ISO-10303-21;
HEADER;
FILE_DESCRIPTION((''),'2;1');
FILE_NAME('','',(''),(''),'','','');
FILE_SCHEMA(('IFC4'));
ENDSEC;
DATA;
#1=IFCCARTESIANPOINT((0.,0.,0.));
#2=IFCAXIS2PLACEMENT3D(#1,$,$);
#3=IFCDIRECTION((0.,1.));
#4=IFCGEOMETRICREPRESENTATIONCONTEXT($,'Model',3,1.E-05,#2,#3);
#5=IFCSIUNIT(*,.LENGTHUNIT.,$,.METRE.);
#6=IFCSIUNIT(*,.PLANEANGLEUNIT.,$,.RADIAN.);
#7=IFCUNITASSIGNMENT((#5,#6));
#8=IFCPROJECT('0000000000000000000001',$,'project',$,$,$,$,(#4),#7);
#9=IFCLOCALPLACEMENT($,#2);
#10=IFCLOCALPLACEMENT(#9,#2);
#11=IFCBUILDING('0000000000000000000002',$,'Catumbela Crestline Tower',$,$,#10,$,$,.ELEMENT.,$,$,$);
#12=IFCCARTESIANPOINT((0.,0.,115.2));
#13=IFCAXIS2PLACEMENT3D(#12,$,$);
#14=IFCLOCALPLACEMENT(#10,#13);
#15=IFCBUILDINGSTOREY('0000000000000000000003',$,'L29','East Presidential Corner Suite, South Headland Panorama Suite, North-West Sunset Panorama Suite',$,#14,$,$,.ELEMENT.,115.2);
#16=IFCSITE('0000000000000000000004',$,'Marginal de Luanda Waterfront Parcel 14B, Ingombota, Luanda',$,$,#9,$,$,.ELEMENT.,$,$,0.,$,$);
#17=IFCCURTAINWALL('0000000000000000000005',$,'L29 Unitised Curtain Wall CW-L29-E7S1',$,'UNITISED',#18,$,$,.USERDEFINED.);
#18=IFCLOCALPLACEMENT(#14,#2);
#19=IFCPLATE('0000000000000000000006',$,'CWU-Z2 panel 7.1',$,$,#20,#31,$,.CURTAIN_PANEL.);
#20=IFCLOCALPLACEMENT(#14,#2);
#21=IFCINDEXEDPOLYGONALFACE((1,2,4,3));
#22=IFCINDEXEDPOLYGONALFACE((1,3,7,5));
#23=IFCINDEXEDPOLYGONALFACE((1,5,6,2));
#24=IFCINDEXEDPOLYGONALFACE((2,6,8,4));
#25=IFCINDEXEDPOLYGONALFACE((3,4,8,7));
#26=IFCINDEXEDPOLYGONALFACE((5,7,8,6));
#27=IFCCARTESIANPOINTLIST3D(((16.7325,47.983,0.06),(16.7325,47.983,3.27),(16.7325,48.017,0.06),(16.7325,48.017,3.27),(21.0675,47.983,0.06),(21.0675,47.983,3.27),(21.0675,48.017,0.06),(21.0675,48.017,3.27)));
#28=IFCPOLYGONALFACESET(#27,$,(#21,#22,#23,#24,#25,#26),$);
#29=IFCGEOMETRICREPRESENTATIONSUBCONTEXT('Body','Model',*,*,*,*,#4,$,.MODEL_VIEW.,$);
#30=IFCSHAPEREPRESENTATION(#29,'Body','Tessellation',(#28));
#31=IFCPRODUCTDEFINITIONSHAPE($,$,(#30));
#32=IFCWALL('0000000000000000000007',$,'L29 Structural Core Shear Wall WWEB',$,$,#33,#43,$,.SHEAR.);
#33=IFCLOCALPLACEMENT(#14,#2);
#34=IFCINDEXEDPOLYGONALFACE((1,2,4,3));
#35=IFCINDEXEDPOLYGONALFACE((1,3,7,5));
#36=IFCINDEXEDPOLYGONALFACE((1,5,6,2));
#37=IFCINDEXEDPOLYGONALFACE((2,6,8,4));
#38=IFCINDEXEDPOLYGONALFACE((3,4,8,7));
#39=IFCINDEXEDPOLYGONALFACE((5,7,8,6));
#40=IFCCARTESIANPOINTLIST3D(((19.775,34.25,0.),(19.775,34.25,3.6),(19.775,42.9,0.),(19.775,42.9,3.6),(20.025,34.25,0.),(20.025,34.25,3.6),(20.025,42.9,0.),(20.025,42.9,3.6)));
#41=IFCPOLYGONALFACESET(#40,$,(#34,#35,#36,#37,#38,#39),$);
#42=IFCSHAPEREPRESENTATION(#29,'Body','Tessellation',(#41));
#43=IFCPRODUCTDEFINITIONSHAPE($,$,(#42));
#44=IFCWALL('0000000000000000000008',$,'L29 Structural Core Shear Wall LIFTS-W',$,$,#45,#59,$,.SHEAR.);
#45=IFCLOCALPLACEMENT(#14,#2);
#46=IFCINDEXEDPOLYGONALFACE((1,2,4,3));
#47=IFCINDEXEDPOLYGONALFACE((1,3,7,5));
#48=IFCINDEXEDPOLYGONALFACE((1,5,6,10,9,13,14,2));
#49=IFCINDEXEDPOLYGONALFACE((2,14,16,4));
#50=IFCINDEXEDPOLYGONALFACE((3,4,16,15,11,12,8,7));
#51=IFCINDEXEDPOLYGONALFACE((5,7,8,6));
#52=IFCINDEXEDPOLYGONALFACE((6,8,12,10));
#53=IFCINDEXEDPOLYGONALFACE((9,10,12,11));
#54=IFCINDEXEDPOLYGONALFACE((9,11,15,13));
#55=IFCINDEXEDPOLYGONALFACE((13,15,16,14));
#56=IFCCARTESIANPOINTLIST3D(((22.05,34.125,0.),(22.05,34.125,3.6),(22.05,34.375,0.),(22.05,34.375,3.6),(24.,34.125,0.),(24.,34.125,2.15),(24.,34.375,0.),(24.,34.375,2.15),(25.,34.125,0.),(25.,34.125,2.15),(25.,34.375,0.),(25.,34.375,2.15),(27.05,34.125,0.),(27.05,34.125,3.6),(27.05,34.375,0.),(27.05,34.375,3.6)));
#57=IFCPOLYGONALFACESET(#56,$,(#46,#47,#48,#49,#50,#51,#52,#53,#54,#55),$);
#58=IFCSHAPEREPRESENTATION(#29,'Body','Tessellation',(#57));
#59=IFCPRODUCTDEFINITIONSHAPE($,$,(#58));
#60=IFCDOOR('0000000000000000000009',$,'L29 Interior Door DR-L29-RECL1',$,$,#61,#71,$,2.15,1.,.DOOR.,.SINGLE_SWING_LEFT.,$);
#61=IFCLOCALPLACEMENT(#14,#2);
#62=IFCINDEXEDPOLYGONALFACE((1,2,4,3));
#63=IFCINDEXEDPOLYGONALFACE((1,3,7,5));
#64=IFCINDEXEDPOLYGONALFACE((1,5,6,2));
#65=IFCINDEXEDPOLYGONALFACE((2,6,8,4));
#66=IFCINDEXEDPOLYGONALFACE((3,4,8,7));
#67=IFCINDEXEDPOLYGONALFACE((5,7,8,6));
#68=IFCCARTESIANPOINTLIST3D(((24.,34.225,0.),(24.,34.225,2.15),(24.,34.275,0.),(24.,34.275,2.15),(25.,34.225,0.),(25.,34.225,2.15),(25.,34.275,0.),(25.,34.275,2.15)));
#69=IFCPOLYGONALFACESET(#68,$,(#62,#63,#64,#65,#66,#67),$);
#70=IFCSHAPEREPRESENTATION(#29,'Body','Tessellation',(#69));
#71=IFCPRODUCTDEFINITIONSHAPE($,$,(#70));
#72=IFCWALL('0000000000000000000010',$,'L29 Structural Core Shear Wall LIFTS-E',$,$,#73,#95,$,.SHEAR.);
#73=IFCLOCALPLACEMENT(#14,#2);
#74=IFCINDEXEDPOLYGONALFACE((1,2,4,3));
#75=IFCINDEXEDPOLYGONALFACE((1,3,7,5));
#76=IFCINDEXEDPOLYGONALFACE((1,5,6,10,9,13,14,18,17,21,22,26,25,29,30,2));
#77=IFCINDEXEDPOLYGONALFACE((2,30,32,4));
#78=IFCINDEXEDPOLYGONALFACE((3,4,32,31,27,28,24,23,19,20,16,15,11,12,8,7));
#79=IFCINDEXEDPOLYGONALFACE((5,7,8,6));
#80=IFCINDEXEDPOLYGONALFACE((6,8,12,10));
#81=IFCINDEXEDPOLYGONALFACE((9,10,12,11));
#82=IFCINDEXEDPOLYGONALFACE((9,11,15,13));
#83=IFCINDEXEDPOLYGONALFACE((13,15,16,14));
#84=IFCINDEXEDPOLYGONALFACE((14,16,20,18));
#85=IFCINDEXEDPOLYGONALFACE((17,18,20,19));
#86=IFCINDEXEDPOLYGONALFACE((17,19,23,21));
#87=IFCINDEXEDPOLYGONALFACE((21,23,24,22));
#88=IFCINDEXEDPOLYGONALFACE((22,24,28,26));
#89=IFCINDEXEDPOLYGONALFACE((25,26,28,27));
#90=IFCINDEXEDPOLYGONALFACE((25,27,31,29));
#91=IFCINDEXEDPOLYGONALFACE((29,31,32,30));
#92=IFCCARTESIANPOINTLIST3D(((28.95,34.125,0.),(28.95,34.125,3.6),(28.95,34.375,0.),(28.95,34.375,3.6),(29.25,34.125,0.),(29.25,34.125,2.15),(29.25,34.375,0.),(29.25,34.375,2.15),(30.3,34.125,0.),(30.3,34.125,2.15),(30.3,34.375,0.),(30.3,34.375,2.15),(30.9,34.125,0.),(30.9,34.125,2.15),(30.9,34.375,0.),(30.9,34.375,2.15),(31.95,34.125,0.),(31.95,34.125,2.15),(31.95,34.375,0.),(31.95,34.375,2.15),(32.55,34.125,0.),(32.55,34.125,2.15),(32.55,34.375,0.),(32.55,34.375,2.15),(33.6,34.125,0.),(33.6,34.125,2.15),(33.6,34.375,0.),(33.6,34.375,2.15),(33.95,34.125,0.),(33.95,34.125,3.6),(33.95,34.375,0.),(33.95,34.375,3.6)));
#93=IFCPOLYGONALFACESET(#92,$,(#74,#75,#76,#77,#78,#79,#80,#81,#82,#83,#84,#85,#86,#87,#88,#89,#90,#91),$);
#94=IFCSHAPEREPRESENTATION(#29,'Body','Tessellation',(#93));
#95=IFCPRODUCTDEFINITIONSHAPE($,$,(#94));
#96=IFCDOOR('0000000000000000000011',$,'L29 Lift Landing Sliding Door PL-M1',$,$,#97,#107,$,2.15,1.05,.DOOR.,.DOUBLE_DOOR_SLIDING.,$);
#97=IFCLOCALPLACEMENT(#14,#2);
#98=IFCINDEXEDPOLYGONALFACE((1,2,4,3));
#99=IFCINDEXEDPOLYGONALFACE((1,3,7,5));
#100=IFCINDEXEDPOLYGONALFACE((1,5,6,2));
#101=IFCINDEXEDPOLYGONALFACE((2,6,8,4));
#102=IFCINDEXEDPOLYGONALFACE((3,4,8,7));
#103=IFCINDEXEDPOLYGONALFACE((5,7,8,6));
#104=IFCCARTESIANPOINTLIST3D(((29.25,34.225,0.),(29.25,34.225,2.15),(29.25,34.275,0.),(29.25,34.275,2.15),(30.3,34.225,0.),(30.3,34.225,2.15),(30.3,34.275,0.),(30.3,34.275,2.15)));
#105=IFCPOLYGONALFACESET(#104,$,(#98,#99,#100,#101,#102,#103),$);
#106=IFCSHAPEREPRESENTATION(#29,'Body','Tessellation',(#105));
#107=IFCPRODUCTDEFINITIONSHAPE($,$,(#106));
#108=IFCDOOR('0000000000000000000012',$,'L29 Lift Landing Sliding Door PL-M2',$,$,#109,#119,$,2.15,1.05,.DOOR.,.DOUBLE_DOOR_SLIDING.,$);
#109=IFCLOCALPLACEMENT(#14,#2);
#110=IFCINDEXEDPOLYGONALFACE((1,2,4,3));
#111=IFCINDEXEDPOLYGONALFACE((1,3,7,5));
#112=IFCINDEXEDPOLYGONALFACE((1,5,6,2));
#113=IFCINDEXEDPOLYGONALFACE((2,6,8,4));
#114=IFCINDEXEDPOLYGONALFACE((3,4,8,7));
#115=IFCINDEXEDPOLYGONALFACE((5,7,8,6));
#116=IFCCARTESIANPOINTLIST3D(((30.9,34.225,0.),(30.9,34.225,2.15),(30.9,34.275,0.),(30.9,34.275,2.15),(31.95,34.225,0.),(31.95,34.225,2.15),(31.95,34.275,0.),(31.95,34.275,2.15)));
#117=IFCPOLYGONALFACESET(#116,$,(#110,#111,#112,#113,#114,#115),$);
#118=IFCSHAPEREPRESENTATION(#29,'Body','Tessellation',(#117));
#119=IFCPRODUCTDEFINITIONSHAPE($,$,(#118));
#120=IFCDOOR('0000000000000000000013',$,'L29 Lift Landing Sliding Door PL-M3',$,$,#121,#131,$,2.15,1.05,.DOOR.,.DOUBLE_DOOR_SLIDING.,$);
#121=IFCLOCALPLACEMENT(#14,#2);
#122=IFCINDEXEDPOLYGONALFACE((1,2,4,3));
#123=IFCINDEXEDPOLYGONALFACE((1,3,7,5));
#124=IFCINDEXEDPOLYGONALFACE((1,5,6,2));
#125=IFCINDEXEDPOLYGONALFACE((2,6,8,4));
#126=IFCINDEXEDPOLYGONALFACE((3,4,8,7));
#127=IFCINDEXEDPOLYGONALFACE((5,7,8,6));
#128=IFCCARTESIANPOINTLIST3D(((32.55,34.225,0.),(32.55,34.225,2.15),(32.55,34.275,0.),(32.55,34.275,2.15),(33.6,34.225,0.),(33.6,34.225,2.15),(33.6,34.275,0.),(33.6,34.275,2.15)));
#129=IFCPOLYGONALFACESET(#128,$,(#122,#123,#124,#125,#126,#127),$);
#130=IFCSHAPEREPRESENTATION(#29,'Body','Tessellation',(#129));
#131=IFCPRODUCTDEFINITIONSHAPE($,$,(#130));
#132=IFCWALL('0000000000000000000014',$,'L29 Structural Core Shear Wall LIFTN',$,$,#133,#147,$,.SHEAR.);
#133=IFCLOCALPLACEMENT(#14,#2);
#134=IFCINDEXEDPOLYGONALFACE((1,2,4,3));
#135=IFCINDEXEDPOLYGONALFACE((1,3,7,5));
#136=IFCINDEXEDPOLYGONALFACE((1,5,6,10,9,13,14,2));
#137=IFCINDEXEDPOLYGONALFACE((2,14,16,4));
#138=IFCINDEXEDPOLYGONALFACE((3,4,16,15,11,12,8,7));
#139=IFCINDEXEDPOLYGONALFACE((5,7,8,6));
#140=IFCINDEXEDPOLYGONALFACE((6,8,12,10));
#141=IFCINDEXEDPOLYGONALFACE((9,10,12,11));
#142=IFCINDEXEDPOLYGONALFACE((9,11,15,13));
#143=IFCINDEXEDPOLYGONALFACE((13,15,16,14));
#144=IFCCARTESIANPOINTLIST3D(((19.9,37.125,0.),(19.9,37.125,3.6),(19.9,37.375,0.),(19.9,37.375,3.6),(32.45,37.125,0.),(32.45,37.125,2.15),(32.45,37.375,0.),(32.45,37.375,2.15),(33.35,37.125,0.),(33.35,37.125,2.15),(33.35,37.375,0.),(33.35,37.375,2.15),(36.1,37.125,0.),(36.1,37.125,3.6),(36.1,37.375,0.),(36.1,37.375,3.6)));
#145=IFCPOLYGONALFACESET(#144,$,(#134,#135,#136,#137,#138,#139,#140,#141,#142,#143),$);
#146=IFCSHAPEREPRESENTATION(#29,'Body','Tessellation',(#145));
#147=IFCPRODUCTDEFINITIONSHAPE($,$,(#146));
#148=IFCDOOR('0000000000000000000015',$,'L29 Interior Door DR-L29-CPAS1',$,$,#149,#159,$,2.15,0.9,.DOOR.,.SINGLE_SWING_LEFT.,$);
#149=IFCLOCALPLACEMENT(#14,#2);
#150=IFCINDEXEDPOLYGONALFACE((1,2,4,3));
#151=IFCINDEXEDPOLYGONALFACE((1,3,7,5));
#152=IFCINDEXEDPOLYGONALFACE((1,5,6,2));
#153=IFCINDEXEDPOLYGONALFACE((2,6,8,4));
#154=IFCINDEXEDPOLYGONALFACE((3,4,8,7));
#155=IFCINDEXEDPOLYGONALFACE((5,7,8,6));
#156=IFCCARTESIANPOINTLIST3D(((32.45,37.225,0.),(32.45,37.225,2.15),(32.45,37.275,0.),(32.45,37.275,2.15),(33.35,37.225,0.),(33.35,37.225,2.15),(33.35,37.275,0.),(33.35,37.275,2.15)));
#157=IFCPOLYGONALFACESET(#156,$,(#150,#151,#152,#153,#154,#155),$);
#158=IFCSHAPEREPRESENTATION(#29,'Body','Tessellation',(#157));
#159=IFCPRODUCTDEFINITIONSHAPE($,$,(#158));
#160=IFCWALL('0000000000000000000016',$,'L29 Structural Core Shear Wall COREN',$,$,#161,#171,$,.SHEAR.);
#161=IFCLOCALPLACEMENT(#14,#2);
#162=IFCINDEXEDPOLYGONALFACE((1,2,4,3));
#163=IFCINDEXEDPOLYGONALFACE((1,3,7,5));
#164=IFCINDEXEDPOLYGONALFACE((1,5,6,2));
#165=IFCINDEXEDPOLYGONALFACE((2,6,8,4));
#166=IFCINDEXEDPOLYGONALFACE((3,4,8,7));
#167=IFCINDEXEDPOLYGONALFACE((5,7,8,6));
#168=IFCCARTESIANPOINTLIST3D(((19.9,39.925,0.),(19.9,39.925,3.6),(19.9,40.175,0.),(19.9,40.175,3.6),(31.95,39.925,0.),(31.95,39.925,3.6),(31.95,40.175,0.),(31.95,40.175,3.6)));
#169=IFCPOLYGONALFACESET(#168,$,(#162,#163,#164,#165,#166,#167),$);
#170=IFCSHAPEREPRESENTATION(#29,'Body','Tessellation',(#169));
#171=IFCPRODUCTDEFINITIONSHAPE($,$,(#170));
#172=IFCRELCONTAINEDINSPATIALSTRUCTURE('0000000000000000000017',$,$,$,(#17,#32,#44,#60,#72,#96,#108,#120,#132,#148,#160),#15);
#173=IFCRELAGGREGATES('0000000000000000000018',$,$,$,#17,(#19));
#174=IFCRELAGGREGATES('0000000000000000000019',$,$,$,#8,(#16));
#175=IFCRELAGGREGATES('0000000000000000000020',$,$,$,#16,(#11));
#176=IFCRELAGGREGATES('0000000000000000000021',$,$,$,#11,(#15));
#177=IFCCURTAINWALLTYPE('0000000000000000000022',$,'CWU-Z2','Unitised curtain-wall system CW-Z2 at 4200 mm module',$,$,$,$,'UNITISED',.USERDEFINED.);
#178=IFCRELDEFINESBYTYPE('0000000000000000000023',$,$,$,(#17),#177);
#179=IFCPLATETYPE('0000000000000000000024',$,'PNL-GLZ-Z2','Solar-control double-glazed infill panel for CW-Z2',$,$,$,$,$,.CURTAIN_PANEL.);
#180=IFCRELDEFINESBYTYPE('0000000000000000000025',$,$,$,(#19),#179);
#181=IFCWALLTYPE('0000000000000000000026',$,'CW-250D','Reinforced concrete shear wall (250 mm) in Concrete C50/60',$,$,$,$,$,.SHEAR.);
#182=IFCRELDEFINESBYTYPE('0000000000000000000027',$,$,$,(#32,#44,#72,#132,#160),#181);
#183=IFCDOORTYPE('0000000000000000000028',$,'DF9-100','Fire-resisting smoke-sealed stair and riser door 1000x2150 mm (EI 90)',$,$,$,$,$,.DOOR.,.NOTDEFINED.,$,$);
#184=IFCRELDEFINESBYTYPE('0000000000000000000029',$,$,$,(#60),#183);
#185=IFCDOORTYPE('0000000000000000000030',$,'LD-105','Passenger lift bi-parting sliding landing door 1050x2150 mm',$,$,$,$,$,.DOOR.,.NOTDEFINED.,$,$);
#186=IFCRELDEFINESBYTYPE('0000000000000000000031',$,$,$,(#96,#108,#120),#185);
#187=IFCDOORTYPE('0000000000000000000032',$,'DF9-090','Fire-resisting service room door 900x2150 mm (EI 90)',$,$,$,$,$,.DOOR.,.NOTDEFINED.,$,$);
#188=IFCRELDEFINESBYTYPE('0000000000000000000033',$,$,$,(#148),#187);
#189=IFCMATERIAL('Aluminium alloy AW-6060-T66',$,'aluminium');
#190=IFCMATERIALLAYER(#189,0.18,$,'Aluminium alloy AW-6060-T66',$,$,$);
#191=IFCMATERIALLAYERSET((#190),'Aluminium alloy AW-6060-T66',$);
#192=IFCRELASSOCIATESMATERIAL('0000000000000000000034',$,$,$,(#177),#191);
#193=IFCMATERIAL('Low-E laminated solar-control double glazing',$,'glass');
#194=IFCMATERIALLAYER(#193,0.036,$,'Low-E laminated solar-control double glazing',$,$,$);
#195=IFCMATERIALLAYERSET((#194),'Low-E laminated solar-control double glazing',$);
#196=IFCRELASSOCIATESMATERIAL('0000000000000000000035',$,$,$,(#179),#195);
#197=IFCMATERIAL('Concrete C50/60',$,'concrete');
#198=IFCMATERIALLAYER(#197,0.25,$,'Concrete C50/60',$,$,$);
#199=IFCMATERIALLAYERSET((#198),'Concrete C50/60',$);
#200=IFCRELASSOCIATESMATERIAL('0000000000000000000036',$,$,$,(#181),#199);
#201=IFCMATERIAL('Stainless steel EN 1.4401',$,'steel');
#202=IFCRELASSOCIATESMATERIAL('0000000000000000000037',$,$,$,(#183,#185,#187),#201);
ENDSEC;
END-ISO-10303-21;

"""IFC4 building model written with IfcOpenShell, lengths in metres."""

from ifc_helpers import new_model, si_unit, direction, frame, frame_2d, origin, origin_2d, place, context, subcontext, project, spatial, rectangle, extrude, material, layer, layer_set, type_object, element, fill, aggregate, save


model = new_model("IFC4")

# Units and contexts
model_context = context("Model", 3, precision=1e-05, world=origin(), true_north=direction((0.0, 1.0)))
body_context = subcontext(model_context, "Body", "Model", "MODEL_VIEW")
ifc_project = project(units=[si_unit("LENGTHUNIT", "METRE"), si_unit("PLANEANGLEUNIT", "RADIAN")], contexts=[model_context])

# Site, building, storey
site_placement = place(None, origin())
site = spatial("IfcSite", under=ifc_project, at=site_placement, Name="Marginal de Luanda Waterfront Parcel 14B, Ingombota, Luanda", CompositionType="ELEMENT", RefElevation=0.0)
building_placement = place(site_placement, origin())
building = spatial("IfcBuilding", under=site, at=building_placement, Name="Catumbela Crestline Tower", CompositionType="ELEMENT")
storey_placement = place(building_placement, frame((0.0, 0.0, 115.2)))
storey = spatial("IfcBuildingStorey", under=building, at=storey_placement, Name="L29", Description="East Presidential Corner Suite, South Headland Panorama Suite, North-West Sunset Panorama Suite", CompositionType="ELEMENT", Elevation=115.2)

# Curtain wall, plate
ifc_material_1 = material(Name="Aluminium alloy AW-6060-T66", Category="aluminium")
ifc_layer_1 = layer(ifc_material_1, 0.18, Name="Aluminium alloy AW-6060-T66")
ifc_layer_set_1 = layer_set([ifc_layer_1], Name="Aluminium alloy AW-6060-T66")
curtain_wall_type = type_object("IfcCurtainWallType", Name="CWU-Z2", Description="Unitised curtain-wall system CW-Z2 at 4200 mm module", ElementType="UNITISED", PredefinedType="USERDEFINED", material=ifc_layer_set_1)
curtain_wall_placement = place(storey_placement, origin())
curtain_wall = element("IfcCurtainWall", 1, at=curtain_wall_placement, inside=storey, type_object=curtain_wall_type, Name="L29 Unitised Curtain Wall CW-L29-E7S1", ObjectType="UNITISED", PredefinedType="USERDEFINED")
ifc_material_2 = material(Name="Low-E laminated solar-control double glazing", Category="glass")
ifc_layer_2 = layer(ifc_material_2, 0.036, Name="Low-E laminated solar-control double glazing")
ifc_layer_set_2 = layer_set([ifc_layer_2], Name="Low-E laminated solar-control double glazing")
plate_type = type_object("IfcPlateType", Name="PNL-GLZ-Z2", Description="Solar-control double-glazed infill panel for CW-Z2", PredefinedType="CURTAIN_PANEL", material=ifc_layer_set_2)
plate_1_placement = place(storey_placement, frame((18.9, 48.0, 0.06), z_axis=(0.0, 0.0, 1.0), x_axis=(-1.0, 0.0, 0.0)))
plate_1 = element("IfcPlate", 2, at=plate_1_placement, type_object=plate_type, Name="CWU-Z2 panel 7.1", PredefinedType="CURTAIN_PANEL", context=body_context, shape_type="SweptSolid", body=[
    extrude(rectangle(XDim=4.335, YDim=0.034, at=origin_2d()), origin(), (0.0, 0.0, 1.0), 3.21),
])
aggregate(curtain_wall, [plate_1])

# Wall
ifc_material_3 = material(Name="Concrete C50/60", Category="concrete")
ifc_layer_3 = layer(ifc_material_3, 0.25, Name="Concrete C50/60")
ifc_layer_set_3 = layer_set([ifc_layer_3], Name="Concrete C50/60")
wall_type_1 = type_object("IfcWallType", Name="CW-250D", Description="Reinforced concrete shear wall (250 mm) in Concrete C50/60", PredefinedType="SHEAR", material=ifc_layer_set_3)
wall_1_placement = place(storey_placement, frame((19.9, 34.25, 0.0), z_axis=(0.0, 0.0, 1.0), x_axis=(0.0, 1.0, 0.0)))
element("IfcWall", 3, at=wall_1_placement, inside=storey, type_object=wall_type_1, Name="L29 Structural Core Shear Wall WWEB", PredefinedType="SHEAR", context=body_context, shape_type="SweptSolid", body=[
    extrude(rectangle(XDim=8.65, YDim=0.25, at=frame_2d((4.325, 0.0))), origin(), (0.0, 0.0, 1.0), 3.6),
])

# Wall, opening, door
wall_2_placement = place(storey_placement, frame((22.05, 34.25, 0.0), z_axis=(0.0, 0.0, 1.0), x_axis=(1.0, 0.0, 0.0)))
wall_2 = element("IfcWall", 4, at=wall_2_placement, inside=storey, type_object=wall_type_1, Name="L29 Structural Core Shear Wall LIFTS-W", PredefinedType="SHEAR", context=body_context, shape_type="SweptSolid", body=[
    extrude(rectangle(XDim=5.0, YDim=0.25, at=frame_2d((2.5, 0.0))), origin(), (0.0, 0.0, 1.0), 3.6),
])
opening_1_placement = place(wall_2_placement, frame((1.95, 0.0, 0.0)))
opening_1 = element("IfcOpeningElement", 5, at=opening_1_placement, cuts=wall_2, PredefinedType="OPENING", context=body_context, shape_type="SweptSolid", body=[
    extrude(rectangle(XDim=1.0, YDim=2.15, at=frame_2d((0.5, 1.075))), frame((0.0, 0.135, 0.0), z_axis=(0.0, -1.0, 0.0), x_axis=(1.0, 0.0, 0.0)), (0.0, 0.0, 1.0), 0.27),
])
ifc_material_4 = material(Name="Stainless steel EN 1.4401", Category="steel")
door_type_1 = type_object("IfcDoorType", Name="DF9-100", Description="Fire-resisting smoke-sealed stair and riser door 1000x2150 mm (EI 90)", OperationType="NOTDEFINED", PredefinedType="DOOR", material=ifc_material_4)
door_1_placement = place(opening_1_placement, origin())
door_1 = element("IfcDoor", 6, at=door_1_placement, inside=storey, type_object=door_type_1, Name="L29 Interior Door DR-L29-RECL1", OperationType="SINGLE_SWING_LEFT", OverallHeight=2.15, OverallWidth=1.0, PredefinedType="DOOR", context=body_context, shape_type="SweptSolid", body=[
    extrude(rectangle(XDim=1.0, YDim=2.15, at=frame_2d((0.5, 1.075))), frame((0.0, 0.025, 0.0), z_axis=(0.0, -1.0, 0.0), x_axis=(1.0, 0.0, 0.0)), (0.0, 0.0, 1.0), 0.05),
])
fill(opening_1, door_1)

# Wall, openings, doors
wall_3_placement = place(storey_placement, frame((28.95, 34.25, 0.0), z_axis=(0.0, 0.0, 1.0), x_axis=(1.0, 0.0, 0.0)))
wall_3 = element("IfcWall", 7, at=wall_3_placement, inside=storey, type_object=wall_type_1, Name="L29 Structural Core Shear Wall LIFTS-E", PredefinedType="SHEAR", context=body_context, shape_type="SweptSolid", body=[
    extrude(rectangle(XDim=5.0, YDim=0.25, at=frame_2d((2.5, 0.0))), origin(), (0.0, 0.0, 1.0), 3.6),
])
opening_2_placement = place(wall_3_placement, frame((0.3, 0.0, 0.0)))
opening_2 = element("IfcOpeningElement", 8, at=opening_2_placement, cuts=wall_3, PredefinedType="OPENING", context=body_context, shape_type="SweptSolid", body=[
    extrude(rectangle(XDim=1.05, YDim=2.15, at=frame_2d((0.525, 1.075))), frame((0.0, 0.135, 0.0), z_axis=(0.0, -1.0, 0.0), x_axis=(1.0, 0.0, 0.0)), (0.0, 0.0, 1.0), 0.27),
])
opening_3_placement = place(wall_3_placement, frame((1.95, 0.0, 0.0)))
opening_3 = element("IfcOpeningElement", 9, at=opening_3_placement, cuts=wall_3, PredefinedType="OPENING", context=body_context, shape_type="SweptSolid", body=[
    extrude(rectangle(XDim=1.05, YDim=2.15, at=frame_2d((0.525, 1.075))), frame((0.0, 0.135, 0.0), z_axis=(0.0, -1.0, 0.0), x_axis=(1.0, 0.0, 0.0)), (0.0, 0.0, 1.0), 0.27),
])
opening_4_placement = place(wall_3_placement, frame((3.6, 0.0, 0.0)))
opening_4 = element("IfcOpeningElement", 10, at=opening_4_placement, cuts=wall_3, PredefinedType="OPENING", context=body_context, shape_type="SweptSolid", body=[
    extrude(rectangle(XDim=1.05, YDim=2.15, at=frame_2d((0.525, 1.075))), frame((0.0, 0.135, 0.0), z_axis=(0.0, -1.0, 0.0), x_axis=(1.0, 0.0, 0.0)), (0.0, 0.0, 1.0), 0.27),
])
door_type_2 = type_object("IfcDoorType", Name="LD-105", Description="Passenger lift bi-parting sliding landing door 1050x2150 mm", OperationType="NOTDEFINED", PredefinedType="DOOR", material=ifc_material_4)
door_2_placement = place(opening_2_placement, origin())
door_2 = element("IfcDoor", 11, at=door_2_placement, inside=storey, type_object=door_type_2, Name="L29 Lift Landing Sliding Door PL-M1", OperationType="DOUBLE_DOOR_SLIDING", OverallHeight=2.15, OverallWidth=1.05, PredefinedType="DOOR", context=body_context, shape_type="SweptSolid", body=[
    extrude(rectangle(XDim=1.05, YDim=2.15, at=frame_2d((0.525, 1.075))), frame((0.0, 0.025, 0.0), z_axis=(0.0, -1.0, 0.0), x_axis=(1.0, 0.0, 0.0)), (0.0, 0.0, 1.0), 0.05),
])
fill(opening_2, door_2)
door_3_placement = place(opening_3_placement, origin())
door_3 = element("IfcDoor", 12, at=door_3_placement, inside=storey, type_object=door_type_2, Name="L29 Lift Landing Sliding Door PL-M2", OperationType="DOUBLE_DOOR_SLIDING", OverallHeight=2.15, OverallWidth=1.05, PredefinedType="DOOR", context=body_context, shape_type="SweptSolid", body=[
    extrude(rectangle(XDim=1.05, YDim=2.15, at=frame_2d((0.525, 1.075))), frame((0.0, 0.025, 0.0), z_axis=(0.0, -1.0, 0.0), x_axis=(1.0, 0.0, 0.0)), (0.0, 0.0, 1.0), 0.05),
])
fill(opening_3, door_3)
door_4_placement = place(opening_4_placement, origin())
door_4 = element("IfcDoor", 13, at=door_4_placement, inside=storey, type_object=door_type_2, Name="L29 Lift Landing Sliding Door PL-M3", OperationType="DOUBLE_DOOR_SLIDING", OverallHeight=2.15, OverallWidth=1.05, PredefinedType="DOOR", context=body_context, shape_type="SweptSolid", body=[
    extrude(rectangle(XDim=1.05, YDim=2.15, at=frame_2d((0.525, 1.075))), frame((0.0, 0.025, 0.0), z_axis=(0.0, -1.0, 0.0), x_axis=(1.0, 0.0, 0.0)), (0.0, 0.0, 1.0), 0.05),
])
fill(opening_4, door_4)

# Wall, opening, door
wall_4_placement = place(storey_placement, frame((19.9, 37.25, 0.0), z_axis=(0.0, 0.0, 1.0), x_axis=(1.0, 0.0, 0.0)))
wall_4 = element("IfcWall", 14, at=wall_4_placement, inside=storey, type_object=wall_type_1, Name="L29 Structural Core Shear Wall LIFTN", PredefinedType="SHEAR", context=body_context, shape_type="SweptSolid", body=[
    extrude(rectangle(XDim=16.2, YDim=0.25, at=frame_2d((8.1, 0.0))), origin(), (0.0, 0.0, 1.0), 3.6),
])
opening_5_placement = place(wall_4_placement, frame((12.55, 0.0, 0.0)))
opening_5 = element("IfcOpeningElement", 15, at=opening_5_placement, cuts=wall_4, PredefinedType="OPENING", context=body_context, shape_type="SweptSolid", body=[
    extrude(rectangle(XDim=0.9, YDim=2.15, at=frame_2d((0.45, 1.075))), frame((0.0, 0.135, 0.0), z_axis=(0.0, -1.0, 0.0), x_axis=(1.0, 0.0, 0.0)), (0.0, 0.0, 1.0), 0.27),
])
door_type_3 = type_object("IfcDoorType", Name="DF9-090", Description="Fire-resisting service room door 900x2150 mm (EI 90)", OperationType="NOTDEFINED", PredefinedType="DOOR", material=ifc_material_4)
door_5_placement = place(opening_5_placement, origin())
door_5 = element("IfcDoor", 16, at=door_5_placement, inside=storey, type_object=door_type_3, Name="L29 Interior Door DR-L29-CPAS1", OperationType="SINGLE_SWING_LEFT", OverallHeight=2.15, OverallWidth=0.9, PredefinedType="DOOR", context=body_context, shape_type="SweptSolid", body=[
    extrude(rectangle(XDim=0.9, YDim=2.15, at=frame_2d((0.45, 1.075))), frame((0.0, 0.025, 0.0), z_axis=(0.0, -1.0, 0.0), x_axis=(1.0, 0.0, 0.0)), (0.0, 0.0, 1.0), 0.05),
])
fill(opening_5, door_5)

# Wall
wall_5_placement = place(storey_placement, frame((19.9, 40.05, 0.0), z_axis=(0.0, 0.0, 1.0), x_axis=(1.0, 0.0, 0.0)))
element("IfcWall", 17, at=wall_5_placement, inside=storey, type_object=wall_type_1, Name="L29 Structural Core Shear Wall COREN", PredefinedType="SHEAR", context=body_context, shape_type="SweptSolid", body=[
    extrude(rectangle(XDim=12.05, YDim=0.25, at=frame_2d((6.025, 0.0))), origin(), (0.0, 0.0, 1.0), 3.6),
])

save(model, "model.ifc")
